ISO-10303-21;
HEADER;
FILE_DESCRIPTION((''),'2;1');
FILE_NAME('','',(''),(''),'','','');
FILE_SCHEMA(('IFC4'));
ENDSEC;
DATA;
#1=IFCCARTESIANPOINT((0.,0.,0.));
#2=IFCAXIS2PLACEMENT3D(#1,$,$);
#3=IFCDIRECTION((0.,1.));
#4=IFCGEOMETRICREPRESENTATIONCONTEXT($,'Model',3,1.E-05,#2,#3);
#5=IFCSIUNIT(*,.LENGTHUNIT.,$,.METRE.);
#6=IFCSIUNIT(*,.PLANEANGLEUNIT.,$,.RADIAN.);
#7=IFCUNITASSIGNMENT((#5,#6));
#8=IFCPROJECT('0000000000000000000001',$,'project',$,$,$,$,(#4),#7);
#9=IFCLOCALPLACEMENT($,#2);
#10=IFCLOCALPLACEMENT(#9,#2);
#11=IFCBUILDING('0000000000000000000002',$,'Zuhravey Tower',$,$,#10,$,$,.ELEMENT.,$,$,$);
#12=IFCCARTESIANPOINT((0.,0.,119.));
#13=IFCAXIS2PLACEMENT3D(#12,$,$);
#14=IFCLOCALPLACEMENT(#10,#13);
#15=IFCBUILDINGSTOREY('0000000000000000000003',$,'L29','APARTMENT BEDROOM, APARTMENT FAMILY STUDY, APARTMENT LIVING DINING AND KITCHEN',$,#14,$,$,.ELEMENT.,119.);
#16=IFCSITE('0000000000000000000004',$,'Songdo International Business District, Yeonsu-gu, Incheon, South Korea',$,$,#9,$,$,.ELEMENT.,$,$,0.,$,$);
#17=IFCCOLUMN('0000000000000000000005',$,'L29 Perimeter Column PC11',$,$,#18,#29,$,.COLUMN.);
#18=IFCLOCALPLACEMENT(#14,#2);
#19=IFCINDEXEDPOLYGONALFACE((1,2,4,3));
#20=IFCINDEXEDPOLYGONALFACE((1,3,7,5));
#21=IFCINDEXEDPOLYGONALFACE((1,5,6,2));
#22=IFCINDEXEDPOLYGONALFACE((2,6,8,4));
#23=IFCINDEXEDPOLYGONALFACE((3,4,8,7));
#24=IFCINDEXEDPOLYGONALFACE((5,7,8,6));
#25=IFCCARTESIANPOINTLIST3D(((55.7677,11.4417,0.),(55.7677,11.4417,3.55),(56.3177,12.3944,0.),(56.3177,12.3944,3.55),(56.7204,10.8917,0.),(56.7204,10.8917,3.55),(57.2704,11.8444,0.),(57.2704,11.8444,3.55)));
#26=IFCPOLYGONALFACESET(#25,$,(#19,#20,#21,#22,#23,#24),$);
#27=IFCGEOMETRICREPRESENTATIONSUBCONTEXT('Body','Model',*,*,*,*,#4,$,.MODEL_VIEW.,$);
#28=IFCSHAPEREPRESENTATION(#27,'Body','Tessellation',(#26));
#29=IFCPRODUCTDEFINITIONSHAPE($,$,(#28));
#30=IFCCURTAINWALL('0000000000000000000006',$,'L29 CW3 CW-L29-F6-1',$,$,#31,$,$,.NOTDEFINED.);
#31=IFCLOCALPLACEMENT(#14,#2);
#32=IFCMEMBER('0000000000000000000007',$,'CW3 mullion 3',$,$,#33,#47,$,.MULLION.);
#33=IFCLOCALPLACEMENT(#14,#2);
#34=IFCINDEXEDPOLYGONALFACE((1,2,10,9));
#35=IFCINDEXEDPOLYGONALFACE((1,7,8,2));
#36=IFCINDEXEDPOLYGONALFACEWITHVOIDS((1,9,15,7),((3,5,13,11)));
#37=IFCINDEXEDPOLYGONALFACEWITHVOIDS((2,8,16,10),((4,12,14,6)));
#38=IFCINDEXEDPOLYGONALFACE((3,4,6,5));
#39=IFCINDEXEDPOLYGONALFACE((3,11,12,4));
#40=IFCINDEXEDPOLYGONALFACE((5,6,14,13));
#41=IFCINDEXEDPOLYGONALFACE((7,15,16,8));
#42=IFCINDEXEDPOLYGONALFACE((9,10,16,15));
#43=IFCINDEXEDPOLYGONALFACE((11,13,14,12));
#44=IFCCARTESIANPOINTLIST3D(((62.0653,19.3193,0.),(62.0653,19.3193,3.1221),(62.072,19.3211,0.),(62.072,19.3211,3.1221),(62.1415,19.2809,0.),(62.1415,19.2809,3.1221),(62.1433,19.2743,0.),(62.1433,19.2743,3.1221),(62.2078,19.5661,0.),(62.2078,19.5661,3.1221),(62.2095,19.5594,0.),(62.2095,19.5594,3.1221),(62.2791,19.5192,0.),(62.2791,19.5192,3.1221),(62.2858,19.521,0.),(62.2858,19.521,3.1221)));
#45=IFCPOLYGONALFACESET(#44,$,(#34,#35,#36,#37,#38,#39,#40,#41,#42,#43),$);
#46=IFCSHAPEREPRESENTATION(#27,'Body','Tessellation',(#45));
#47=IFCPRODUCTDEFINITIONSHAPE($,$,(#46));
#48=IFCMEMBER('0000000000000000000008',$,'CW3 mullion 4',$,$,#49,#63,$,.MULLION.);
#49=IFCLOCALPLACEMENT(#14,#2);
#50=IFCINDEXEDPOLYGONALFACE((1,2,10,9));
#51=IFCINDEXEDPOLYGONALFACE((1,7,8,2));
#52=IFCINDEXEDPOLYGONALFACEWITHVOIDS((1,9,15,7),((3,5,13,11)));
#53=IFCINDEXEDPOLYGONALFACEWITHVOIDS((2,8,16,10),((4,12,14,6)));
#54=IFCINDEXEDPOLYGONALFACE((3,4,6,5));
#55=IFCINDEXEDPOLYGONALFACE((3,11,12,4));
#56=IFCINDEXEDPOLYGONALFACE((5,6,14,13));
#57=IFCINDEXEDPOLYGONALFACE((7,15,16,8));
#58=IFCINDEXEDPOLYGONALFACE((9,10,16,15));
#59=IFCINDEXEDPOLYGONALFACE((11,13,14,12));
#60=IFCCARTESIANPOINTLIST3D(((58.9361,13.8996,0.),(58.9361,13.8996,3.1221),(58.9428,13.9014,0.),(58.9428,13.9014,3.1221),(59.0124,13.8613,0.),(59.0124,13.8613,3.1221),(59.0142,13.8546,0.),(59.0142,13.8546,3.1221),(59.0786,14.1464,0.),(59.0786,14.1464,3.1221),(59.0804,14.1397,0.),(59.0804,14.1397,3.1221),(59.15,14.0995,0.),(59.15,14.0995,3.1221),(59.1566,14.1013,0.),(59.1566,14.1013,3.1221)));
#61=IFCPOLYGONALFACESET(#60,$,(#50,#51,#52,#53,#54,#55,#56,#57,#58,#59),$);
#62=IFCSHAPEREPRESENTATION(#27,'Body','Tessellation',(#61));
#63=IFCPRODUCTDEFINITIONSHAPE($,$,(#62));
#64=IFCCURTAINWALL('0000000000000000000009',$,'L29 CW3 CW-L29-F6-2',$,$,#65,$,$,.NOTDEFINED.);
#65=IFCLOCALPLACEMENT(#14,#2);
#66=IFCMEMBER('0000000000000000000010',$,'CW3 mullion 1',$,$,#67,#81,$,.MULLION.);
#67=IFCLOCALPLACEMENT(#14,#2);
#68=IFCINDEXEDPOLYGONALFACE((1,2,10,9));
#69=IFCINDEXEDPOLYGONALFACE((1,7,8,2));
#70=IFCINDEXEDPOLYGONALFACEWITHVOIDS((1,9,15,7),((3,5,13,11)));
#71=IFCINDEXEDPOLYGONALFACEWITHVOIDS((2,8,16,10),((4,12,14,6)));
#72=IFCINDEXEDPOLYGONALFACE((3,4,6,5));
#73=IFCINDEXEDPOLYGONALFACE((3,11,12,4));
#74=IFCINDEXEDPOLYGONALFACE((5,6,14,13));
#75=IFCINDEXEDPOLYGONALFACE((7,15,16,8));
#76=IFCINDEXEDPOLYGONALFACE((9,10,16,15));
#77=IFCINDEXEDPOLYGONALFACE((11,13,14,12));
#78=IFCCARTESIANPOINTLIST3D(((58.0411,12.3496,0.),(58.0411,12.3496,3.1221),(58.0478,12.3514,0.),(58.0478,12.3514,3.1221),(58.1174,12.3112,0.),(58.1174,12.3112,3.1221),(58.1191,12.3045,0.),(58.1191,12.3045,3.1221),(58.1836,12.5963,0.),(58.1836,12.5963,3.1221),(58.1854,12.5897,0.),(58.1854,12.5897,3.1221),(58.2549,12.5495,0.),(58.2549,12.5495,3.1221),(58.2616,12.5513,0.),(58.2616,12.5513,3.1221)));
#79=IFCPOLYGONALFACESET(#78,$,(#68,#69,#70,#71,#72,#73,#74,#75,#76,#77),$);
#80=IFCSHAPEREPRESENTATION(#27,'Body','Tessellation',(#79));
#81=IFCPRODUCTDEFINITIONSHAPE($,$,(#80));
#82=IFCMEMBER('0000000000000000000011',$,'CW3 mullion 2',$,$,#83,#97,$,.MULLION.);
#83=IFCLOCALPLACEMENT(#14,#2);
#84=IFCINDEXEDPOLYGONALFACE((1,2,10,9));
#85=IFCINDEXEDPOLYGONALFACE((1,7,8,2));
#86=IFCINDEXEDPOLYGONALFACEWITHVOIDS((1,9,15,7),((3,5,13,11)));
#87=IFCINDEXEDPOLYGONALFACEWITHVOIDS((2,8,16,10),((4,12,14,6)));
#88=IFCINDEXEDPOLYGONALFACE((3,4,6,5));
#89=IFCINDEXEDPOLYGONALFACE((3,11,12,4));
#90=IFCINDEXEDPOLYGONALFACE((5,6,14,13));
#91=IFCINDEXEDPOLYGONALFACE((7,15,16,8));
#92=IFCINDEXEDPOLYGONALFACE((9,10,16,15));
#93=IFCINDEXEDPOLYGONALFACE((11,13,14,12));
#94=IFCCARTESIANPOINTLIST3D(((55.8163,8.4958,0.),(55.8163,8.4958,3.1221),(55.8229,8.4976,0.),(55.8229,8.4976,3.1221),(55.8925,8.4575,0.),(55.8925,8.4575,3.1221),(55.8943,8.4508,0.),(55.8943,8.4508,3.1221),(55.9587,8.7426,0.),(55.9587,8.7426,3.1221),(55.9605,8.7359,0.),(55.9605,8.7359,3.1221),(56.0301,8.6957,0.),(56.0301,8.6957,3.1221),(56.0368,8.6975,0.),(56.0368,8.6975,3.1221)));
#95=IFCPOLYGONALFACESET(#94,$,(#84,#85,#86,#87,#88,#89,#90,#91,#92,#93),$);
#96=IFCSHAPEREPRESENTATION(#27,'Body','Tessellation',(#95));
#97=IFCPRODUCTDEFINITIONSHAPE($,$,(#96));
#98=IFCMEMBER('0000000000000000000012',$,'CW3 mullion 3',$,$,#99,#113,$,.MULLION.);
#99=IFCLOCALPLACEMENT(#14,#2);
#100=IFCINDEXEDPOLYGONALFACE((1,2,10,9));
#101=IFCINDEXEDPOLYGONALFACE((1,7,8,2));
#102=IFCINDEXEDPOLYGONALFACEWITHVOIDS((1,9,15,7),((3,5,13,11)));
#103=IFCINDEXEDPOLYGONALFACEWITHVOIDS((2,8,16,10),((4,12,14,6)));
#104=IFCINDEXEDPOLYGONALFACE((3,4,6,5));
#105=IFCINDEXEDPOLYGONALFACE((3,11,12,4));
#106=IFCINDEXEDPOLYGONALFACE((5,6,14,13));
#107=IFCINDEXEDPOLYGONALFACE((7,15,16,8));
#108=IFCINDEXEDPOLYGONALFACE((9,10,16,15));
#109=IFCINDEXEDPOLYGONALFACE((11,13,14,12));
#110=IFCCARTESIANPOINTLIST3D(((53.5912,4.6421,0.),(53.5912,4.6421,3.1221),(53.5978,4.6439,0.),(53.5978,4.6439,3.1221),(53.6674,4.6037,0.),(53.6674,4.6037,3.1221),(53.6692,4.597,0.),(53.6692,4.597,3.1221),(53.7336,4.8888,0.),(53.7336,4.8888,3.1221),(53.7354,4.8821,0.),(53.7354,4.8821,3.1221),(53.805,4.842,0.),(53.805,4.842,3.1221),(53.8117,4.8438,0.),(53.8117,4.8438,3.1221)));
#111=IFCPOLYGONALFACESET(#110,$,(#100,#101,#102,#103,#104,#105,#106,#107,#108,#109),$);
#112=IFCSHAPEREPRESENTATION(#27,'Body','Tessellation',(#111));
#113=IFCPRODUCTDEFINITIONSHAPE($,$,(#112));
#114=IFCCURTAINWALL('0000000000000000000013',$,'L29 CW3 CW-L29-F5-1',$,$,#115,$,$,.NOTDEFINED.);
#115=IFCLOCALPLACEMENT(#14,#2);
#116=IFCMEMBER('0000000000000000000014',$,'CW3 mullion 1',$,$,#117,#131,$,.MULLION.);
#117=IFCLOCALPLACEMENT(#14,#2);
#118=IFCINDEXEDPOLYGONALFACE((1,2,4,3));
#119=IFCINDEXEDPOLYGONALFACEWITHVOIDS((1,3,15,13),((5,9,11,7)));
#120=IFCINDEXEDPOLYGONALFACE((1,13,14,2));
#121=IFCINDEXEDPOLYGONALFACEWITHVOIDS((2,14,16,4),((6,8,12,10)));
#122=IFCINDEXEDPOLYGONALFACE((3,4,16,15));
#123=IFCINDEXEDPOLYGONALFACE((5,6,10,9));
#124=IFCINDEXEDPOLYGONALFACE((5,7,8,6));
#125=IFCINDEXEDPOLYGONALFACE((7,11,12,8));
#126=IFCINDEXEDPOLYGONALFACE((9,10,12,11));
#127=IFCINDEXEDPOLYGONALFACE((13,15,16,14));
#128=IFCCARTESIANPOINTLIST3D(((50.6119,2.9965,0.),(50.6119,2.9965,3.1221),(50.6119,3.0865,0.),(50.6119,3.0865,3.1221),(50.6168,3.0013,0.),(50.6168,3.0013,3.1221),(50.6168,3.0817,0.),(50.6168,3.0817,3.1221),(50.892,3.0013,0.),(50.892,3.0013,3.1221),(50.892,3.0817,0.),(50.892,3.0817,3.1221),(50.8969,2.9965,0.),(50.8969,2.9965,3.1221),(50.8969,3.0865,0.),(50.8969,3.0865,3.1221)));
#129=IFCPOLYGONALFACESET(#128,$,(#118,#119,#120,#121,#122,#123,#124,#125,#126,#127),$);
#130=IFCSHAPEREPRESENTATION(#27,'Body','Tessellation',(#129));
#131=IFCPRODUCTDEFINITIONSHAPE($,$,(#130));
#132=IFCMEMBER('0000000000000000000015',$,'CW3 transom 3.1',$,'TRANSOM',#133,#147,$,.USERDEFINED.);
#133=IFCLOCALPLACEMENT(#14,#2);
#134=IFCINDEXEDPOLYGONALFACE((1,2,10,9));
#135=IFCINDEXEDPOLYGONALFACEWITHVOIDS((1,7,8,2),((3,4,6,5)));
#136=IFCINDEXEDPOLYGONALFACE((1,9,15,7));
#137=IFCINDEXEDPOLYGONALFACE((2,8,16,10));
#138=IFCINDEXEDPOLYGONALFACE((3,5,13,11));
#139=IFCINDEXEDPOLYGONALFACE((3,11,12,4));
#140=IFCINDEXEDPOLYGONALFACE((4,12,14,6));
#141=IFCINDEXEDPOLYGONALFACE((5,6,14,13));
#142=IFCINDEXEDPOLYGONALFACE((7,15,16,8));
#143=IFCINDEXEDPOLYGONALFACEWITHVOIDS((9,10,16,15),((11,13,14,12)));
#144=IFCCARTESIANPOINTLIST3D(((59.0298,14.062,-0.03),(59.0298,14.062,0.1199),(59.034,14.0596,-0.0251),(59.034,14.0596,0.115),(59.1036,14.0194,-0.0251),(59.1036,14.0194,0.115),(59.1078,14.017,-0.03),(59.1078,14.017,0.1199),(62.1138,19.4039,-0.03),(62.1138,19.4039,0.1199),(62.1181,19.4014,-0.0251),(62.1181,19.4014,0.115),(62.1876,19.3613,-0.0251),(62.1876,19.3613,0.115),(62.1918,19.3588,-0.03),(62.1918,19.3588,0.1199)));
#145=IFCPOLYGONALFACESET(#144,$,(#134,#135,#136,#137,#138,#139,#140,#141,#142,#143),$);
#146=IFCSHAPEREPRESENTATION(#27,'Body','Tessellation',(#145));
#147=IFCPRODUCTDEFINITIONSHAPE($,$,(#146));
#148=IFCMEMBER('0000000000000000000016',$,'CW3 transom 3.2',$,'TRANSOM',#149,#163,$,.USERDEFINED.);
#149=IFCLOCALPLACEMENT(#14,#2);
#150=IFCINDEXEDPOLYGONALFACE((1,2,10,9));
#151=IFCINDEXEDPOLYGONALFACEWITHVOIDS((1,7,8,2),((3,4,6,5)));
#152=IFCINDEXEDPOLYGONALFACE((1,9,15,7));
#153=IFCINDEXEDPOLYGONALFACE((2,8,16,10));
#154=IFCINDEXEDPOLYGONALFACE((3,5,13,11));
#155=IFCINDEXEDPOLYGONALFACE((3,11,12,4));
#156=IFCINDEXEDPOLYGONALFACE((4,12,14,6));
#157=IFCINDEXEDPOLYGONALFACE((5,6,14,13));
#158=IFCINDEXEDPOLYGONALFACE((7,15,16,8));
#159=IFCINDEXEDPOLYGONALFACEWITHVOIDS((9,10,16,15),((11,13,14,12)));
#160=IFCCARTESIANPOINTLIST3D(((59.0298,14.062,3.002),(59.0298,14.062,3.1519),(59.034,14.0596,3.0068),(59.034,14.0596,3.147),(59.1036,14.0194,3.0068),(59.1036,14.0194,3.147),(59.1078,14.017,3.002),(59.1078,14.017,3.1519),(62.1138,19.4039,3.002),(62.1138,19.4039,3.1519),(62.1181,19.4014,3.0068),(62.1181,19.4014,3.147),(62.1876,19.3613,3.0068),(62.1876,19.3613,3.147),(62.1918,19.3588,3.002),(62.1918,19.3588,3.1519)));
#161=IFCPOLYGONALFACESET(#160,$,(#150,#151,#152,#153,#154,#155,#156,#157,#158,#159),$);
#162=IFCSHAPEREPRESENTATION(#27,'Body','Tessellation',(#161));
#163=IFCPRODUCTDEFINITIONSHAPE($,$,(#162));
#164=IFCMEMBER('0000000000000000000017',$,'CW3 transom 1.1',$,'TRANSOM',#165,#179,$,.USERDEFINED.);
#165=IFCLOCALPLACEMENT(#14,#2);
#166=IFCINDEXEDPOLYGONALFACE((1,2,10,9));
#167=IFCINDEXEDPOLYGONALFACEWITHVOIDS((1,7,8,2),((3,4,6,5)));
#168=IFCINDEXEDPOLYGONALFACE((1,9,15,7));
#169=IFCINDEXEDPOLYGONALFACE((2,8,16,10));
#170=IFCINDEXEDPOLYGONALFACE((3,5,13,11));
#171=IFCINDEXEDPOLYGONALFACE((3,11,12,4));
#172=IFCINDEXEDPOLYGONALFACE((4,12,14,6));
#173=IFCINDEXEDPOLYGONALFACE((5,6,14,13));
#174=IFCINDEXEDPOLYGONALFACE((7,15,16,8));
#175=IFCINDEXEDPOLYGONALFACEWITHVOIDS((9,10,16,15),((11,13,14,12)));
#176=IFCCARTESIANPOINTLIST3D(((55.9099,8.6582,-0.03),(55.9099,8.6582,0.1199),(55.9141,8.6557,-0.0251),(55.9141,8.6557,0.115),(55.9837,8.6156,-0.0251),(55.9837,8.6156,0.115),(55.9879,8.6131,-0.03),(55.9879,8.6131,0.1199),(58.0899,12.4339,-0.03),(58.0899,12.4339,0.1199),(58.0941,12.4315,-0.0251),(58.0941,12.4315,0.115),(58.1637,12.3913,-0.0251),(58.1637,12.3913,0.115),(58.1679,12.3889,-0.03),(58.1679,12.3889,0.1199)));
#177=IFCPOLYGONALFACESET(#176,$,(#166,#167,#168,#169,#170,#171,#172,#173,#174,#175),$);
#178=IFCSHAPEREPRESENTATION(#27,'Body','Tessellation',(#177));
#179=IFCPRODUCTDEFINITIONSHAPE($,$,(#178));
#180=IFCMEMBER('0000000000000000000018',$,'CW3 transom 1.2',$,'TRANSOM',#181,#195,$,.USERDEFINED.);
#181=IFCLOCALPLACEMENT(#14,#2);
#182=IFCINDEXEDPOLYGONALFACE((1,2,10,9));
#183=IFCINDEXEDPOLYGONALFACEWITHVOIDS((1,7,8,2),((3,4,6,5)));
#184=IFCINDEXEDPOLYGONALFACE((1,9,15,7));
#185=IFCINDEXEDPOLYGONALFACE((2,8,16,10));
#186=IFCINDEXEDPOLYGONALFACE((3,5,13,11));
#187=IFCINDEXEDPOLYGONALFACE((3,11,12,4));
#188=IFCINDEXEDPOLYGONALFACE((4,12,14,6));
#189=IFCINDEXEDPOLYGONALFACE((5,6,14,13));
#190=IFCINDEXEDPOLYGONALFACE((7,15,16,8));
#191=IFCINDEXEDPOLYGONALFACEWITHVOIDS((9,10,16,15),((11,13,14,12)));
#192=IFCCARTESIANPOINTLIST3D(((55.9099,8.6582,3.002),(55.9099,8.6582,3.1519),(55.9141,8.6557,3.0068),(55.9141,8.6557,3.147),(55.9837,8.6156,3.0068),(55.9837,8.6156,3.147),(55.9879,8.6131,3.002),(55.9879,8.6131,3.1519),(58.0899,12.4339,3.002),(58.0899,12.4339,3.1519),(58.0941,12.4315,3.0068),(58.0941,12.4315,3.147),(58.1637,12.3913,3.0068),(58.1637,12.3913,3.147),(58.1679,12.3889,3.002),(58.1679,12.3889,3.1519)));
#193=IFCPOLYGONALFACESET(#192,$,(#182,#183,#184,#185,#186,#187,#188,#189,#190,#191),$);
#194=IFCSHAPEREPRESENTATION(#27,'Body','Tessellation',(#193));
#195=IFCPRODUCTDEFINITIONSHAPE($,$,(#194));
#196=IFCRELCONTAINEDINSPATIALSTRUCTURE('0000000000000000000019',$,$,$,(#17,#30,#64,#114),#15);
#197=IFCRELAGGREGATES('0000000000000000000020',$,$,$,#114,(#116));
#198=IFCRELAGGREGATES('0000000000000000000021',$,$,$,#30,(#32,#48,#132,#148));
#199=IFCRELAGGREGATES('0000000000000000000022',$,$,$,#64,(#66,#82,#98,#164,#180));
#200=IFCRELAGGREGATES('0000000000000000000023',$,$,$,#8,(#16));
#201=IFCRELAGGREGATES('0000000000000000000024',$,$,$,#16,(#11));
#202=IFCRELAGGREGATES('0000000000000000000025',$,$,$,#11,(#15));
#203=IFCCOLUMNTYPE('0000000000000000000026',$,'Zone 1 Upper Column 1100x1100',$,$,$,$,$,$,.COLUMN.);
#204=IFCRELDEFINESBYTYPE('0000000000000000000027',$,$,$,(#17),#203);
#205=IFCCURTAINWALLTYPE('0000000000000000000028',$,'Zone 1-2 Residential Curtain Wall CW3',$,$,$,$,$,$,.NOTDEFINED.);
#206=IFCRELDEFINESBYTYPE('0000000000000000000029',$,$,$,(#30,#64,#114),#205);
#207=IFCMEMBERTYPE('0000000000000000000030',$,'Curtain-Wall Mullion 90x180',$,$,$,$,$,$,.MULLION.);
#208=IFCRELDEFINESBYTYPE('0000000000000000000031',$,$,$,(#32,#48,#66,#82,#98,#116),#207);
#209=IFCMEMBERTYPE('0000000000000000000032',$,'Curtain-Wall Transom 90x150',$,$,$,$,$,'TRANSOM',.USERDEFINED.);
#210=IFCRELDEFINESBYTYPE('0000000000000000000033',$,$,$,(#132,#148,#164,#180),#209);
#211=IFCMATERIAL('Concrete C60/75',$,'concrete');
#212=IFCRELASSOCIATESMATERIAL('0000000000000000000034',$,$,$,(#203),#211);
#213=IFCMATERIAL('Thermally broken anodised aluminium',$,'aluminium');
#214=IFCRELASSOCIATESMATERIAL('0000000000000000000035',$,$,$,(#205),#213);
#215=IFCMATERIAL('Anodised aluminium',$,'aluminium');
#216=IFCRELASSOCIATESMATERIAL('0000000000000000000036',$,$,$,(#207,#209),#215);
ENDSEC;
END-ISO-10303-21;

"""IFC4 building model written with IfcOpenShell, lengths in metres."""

from ifc_helpers import new_model, si_unit, direction, frame, origin, origin_2d, place, context, subcontext, project, spatial, rectangle, hollow_rectangle, extrude, material, material_profile, profile_set, type_object, element, aggregate, save


model = new_model("IFC4")

# Units and contexts
model_context = context("Model", 3, precision=1e-05, world=origin(), true_north=direction((0.0, 1.0)))
body_context = subcontext(model_context, "Body", "Model", "MODEL_VIEW")
ifc_project = project(units=[si_unit("LENGTHUNIT", "METRE"), si_unit("PLANEANGLEUNIT", "RADIAN")], contexts=[model_context])

# Site, building, storey
site_placement = place(None, origin())
site = spatial("IfcSite", under=ifc_project, at=site_placement, Name="Songdo International Business District, Yeonsu-gu, Incheon, South Korea", CompositionType="ELEMENT", RefElevation=0.0)
building_placement = place(site_placement, origin())
building = spatial("IfcBuilding", under=site, at=building_placement, Name="Zuhravey Tower", CompositionType="ELEMENT")
storey_placement = place(building_placement, frame((0.0, 0.0, 119.0)))
storey = spatial("IfcBuildingStorey", under=building, at=storey_placement, Name="L29", Description="APARTMENT BEDROOM, APARTMENT FAMILY STUDY, APARTMENT LIVING DINING AND KITCHEN", CompositionType="ELEMENT", Elevation=119.0)

# Column
ifc_material_1 = material(Name="Concrete C60/75", Category="concrete")
ifc_material_profile_1 = material_profile(ifc_material_1, rectangle(XDim=1.1001, YDim=1.1001, at=origin_2d()), Name="RC-1100x1100")
ifc_profile_set_1 = profile_set([ifc_material_profile_1], Name="Concrete C60/75")
column_type = type_object("IfcColumnType", Name="Zone 1 Upper Column 1100x1100", PredefinedType="COLUMN", material=ifc_profile_set_1)
column_placement = place(storey_placement, frame((56.519, 11.6431, 0.0), z_axis=(0.0, 0.0, 1.0), x_axis=(0.5, 0.866025, 0.0)))
element("IfcColumn", 1, at=column_placement, inside=storey, type_object=column_type, Name="L29 Perimeter Column PC11", PredefinedType="COLUMN", context=body_context, shape_type="SweptSolid", body=[
    extrude(rectangle(XDim=1.1001, YDim=1.1001, at=origin_2d()), origin(), (0.0, 0.0, 1.0), 3.55),
])

# Curtain walls, members
ifc_material_2 = material(Name="Thermally broken anodised aluminium", Category="aluminium")
curtain_wall_type = type_object("IfcCurtainWallType", Name="Zone 1-2 Residential Curtain Wall CW3", PredefinedType="NOTDEFINED", material=ifc_material_2)
curtain_wall_1_placement = place(storey_placement, origin())
curtain_wall_1 = element("IfcCurtainWall", 2, at=curtain_wall_1_placement, inside=storey, type_object=curtain_wall_type, Name="L29 CW3 CW-L29-F6-1", PredefinedType="NOTDEFINED")
ifc_material_3 = material(Name="Anodised aluminium", Category="aluminium")
ifc_material_profile_2 = material_profile(ifc_material_3, hollow_rectangle(XDim=0.0901, YDim=0.2849, WallThickness=0.0049, at=origin_2d()), Name="ALU-RHS-90x285x5")
ifc_profile_set_2 = profile_set([ifc_material_profile_2], Name="Anodised aluminium")
member_type_1 = type_object("IfcMemberType", Name="Curtain-Wall Mullion 90x180", PredefinedType="MULLION", material=ifc_profile_set_2)
member_1_placement = place(storey_placement, frame((62.1755, 19.4202, 0.0), z_axis=(0.0, 0.0, 1.0), x_axis=(0.866026, -0.499999, 0.0)))
member_1 = element("IfcMember", 3, at=member_1_placement, type_object=member_type_1, Name="CW3 mullion 3", PredefinedType="MULLION", context=body_context, shape_type="SweptSolid", body=[
    extrude(hollow_rectangle(XDim=0.0901, YDim=0.2849, WallThickness=0.0049, at=origin_2d()), origin(), (0.0, 0.0, 1.0), 3.1221),
])
member_2_placement = place(storey_placement, frame((59.0464, 14.0005, 0.0), z_axis=(0.0, 0.0, 1.0), x_axis=(0.866026, -0.499999, 0.0)))
member_2 = element("IfcMember", 4, at=member_2_placement, type_object=member_type_1, Name="CW3 mullion 4", PredefinedType="MULLION", context=body_context, shape_type="SweptSolid", body=[
    extrude(hollow_rectangle(XDim=0.0901, YDim=0.2849, WallThickness=0.0049, at=origin_2d()), origin(), (0.0, 0.0, 1.0), 3.1221),
])
curtain_wall_2_placement = place(storey_placement, origin())
curtain_wall_2 = element("IfcCurtainWall", 5, at=curtain_wall_2_placement, inside=storey, type_object=curtain_wall_type, Name="L29 CW3 CW-L29-F6-2", PredefinedType="NOTDEFINED")
member_3_placement = place(storey_placement, frame((58.1514, 12.4504, 0.0), z_axis=(0.0, 0.0, 1.0), x_axis=(0.866023, -0.500005, 0.0)))
member_3 = element("IfcMember", 6, at=member_3_placement, type_object=member_type_1, Name="CW3 mullion 1", PredefinedType="MULLION", context=body_context, shape_type="SweptSolid", body=[
    extrude(hollow_rectangle(XDim=0.0901, YDim=0.2849, WallThickness=0.0049, at=origin_2d()), origin(), (0.0, 0.0, 1.0), 3.1221),
])
member_4_placement = place(storey_placement, frame((55.9265, 8.5967, 0.0), z_axis=(0.0, 0.0, 1.0), x_axis=(0.866023, -0.500005, 0.0)))
member_4 = element("IfcMember", 7, at=member_4_placement, type_object=member_type_1, Name="CW3 mullion 2", PredefinedType="MULLION", context=body_context, shape_type="SweptSolid", body=[
    extrude(hollow_rectangle(XDim=0.0901, YDim=0.2849, WallThickness=0.0049, at=origin_2d()), origin(), (0.0, 0.0, 1.0), 3.1221),
])
member_5_placement = place(storey_placement, frame((53.7014, 4.7429, 0.0), z_axis=(0.0, 0.0, 1.0), x_axis=(0.866023, -0.500005, 0.0)))
member_5 = element("IfcMember", 8, at=member_5_placement, type_object=member_type_1, Name="CW3 mullion 3", PredefinedType="MULLION", context=body_context, shape_type="SweptSolid", body=[
    extrude(hollow_rectangle(XDim=0.0901, YDim=0.2849, WallThickness=0.0049, at=origin_2d()), origin(), (0.0, 0.0, 1.0), 3.1221),
])

# Curtain wall, member
curtain_wall_3_placement = place(storey_placement, origin())
curtain_wall_3 = element("IfcCurtainWall", 9, at=curtain_wall_3_placement, inside=storey, type_object=curtain_wall_type, Name="L29 CW3 CW-L29-F5-1", PredefinedType="NOTDEFINED")
member_6_placement = place(storey_placement, frame((50.7544, 3.0415, 0.0), z_axis=(0.0, 0.0, 1.0), x_axis=(0.0, -1.0, 0.0)))
member_6 = element("IfcMember", 10, at=member_6_placement, type_object=member_type_1, Name="CW3 mullion 1", PredefinedType="MULLION", context=body_context, shape_type="SweptSolid", body=[
    extrude(hollow_rectangle(XDim=0.0901, YDim=0.2849, WallThickness=0.0049, at=origin_2d()), origin(), (0.0, 0.0, 1.0), 3.1221),
])

# Members
ifc_material_profile_3 = material_profile(ifc_material_3, hollow_rectangle(XDim=0.0901, YDim=0.1499, WallThickness=0.0049, at=origin_2d()), Name="ALU-RHS-90x150x5")
ifc_profile_set_3 = profile_set([ifc_material_profile_3], Name="Anodised aluminium")
member_type_2 = type_object("IfcMemberType", Name="Curtain-Wall Transom 90x150", ElementType="TRANSOM", PredefinedType="USERDEFINED", material=ifc_profile_set_3)
member_7_placement = place(storey_placement, frame((62.1528, 19.3813, 0.0449), z_axis=(-0.499987, -0.866033, 0.0), x_axis=(0.866033, -0.499987, 0.0)))
member_7 = element("IfcMember", 11, at=member_7_placement, type_object=member_type_2, Name="CW3 transom 3.1", ObjectType="TRANSOM", PredefinedType="USERDEFINED", context=body_context, shape_type="SweptSolid", body=[
    extrude(hollow_rectangle(XDim=0.0901, YDim=0.1499, WallThickness=0.0049, at=origin_2d()), origin(), (0.0, 0.0, 1.0), 6.1682),
])
member_8_placement = place(storey_placement, frame((62.1528, 19.3813, 3.0769), z_axis=(-0.499987, -0.866033, 0.0), x_axis=(0.866033, -0.499987, 0.0)))
member_8 = element("IfcMember", 12, at=member_8_placement, type_object=member_type_2, Name="CW3 transom 3.2", ObjectType="TRANSOM", PredefinedType="USERDEFINED", context=body_context, shape_type="SweptSolid", body=[
    extrude(hollow_rectangle(XDim=0.0901, YDim=0.1499, WallThickness=0.0049, at=origin_2d()), origin(), (0.0, 0.0, 1.0), 6.1682),
])
member_9_placement = place(storey_placement, frame((58.1289, 12.4114, 0.0449), z_axis=(-0.500012, -0.866019, 0.0), x_axis=(0.866019, -0.500012, 0.0)))
member_9 = element("IfcMember", 13, at=member_9_placement, type_object=member_type_2, Name="CW3 transom 1.1", ObjectType="TRANSOM", PredefinedType="USERDEFINED", context=body_context, shape_type="SweptSolid", body=[
    extrude(hollow_rectangle(XDim=0.0901, YDim=0.1499, WallThickness=0.0049, at=origin_2d()), origin(), (0.0, 0.0, 1.0), 4.3599),
])
member_10_placement = place(storey_placement, frame((58.1289, 12.4114, 3.0769), z_axis=(-0.500012, -0.866019, 0.0), x_axis=(0.866019, -0.500012, 0.0)))
member_10 = element("IfcMember", 14, at=member_10_placement, type_object=member_type_2, Name="CW3 transom 1.2", ObjectType="TRANSOM", PredefinedType="USERDEFINED", context=body_context, shape_type="SweptSolid", body=[
    extrude(hollow_rectangle(XDim=0.0901, YDim=0.1499, WallThickness=0.0049, at=origin_2d()), origin(), (0.0, 0.0, 1.0), 4.3599),
])
aggregate(curtain_wall_3, [member_6])

aggregate(curtain_wall_1, [member_1, member_2, member_7, member_8])
aggregate(curtain_wall_2, [member_3, member_4, member_5, member_9, member_10])

save(model, "model.ifc")
